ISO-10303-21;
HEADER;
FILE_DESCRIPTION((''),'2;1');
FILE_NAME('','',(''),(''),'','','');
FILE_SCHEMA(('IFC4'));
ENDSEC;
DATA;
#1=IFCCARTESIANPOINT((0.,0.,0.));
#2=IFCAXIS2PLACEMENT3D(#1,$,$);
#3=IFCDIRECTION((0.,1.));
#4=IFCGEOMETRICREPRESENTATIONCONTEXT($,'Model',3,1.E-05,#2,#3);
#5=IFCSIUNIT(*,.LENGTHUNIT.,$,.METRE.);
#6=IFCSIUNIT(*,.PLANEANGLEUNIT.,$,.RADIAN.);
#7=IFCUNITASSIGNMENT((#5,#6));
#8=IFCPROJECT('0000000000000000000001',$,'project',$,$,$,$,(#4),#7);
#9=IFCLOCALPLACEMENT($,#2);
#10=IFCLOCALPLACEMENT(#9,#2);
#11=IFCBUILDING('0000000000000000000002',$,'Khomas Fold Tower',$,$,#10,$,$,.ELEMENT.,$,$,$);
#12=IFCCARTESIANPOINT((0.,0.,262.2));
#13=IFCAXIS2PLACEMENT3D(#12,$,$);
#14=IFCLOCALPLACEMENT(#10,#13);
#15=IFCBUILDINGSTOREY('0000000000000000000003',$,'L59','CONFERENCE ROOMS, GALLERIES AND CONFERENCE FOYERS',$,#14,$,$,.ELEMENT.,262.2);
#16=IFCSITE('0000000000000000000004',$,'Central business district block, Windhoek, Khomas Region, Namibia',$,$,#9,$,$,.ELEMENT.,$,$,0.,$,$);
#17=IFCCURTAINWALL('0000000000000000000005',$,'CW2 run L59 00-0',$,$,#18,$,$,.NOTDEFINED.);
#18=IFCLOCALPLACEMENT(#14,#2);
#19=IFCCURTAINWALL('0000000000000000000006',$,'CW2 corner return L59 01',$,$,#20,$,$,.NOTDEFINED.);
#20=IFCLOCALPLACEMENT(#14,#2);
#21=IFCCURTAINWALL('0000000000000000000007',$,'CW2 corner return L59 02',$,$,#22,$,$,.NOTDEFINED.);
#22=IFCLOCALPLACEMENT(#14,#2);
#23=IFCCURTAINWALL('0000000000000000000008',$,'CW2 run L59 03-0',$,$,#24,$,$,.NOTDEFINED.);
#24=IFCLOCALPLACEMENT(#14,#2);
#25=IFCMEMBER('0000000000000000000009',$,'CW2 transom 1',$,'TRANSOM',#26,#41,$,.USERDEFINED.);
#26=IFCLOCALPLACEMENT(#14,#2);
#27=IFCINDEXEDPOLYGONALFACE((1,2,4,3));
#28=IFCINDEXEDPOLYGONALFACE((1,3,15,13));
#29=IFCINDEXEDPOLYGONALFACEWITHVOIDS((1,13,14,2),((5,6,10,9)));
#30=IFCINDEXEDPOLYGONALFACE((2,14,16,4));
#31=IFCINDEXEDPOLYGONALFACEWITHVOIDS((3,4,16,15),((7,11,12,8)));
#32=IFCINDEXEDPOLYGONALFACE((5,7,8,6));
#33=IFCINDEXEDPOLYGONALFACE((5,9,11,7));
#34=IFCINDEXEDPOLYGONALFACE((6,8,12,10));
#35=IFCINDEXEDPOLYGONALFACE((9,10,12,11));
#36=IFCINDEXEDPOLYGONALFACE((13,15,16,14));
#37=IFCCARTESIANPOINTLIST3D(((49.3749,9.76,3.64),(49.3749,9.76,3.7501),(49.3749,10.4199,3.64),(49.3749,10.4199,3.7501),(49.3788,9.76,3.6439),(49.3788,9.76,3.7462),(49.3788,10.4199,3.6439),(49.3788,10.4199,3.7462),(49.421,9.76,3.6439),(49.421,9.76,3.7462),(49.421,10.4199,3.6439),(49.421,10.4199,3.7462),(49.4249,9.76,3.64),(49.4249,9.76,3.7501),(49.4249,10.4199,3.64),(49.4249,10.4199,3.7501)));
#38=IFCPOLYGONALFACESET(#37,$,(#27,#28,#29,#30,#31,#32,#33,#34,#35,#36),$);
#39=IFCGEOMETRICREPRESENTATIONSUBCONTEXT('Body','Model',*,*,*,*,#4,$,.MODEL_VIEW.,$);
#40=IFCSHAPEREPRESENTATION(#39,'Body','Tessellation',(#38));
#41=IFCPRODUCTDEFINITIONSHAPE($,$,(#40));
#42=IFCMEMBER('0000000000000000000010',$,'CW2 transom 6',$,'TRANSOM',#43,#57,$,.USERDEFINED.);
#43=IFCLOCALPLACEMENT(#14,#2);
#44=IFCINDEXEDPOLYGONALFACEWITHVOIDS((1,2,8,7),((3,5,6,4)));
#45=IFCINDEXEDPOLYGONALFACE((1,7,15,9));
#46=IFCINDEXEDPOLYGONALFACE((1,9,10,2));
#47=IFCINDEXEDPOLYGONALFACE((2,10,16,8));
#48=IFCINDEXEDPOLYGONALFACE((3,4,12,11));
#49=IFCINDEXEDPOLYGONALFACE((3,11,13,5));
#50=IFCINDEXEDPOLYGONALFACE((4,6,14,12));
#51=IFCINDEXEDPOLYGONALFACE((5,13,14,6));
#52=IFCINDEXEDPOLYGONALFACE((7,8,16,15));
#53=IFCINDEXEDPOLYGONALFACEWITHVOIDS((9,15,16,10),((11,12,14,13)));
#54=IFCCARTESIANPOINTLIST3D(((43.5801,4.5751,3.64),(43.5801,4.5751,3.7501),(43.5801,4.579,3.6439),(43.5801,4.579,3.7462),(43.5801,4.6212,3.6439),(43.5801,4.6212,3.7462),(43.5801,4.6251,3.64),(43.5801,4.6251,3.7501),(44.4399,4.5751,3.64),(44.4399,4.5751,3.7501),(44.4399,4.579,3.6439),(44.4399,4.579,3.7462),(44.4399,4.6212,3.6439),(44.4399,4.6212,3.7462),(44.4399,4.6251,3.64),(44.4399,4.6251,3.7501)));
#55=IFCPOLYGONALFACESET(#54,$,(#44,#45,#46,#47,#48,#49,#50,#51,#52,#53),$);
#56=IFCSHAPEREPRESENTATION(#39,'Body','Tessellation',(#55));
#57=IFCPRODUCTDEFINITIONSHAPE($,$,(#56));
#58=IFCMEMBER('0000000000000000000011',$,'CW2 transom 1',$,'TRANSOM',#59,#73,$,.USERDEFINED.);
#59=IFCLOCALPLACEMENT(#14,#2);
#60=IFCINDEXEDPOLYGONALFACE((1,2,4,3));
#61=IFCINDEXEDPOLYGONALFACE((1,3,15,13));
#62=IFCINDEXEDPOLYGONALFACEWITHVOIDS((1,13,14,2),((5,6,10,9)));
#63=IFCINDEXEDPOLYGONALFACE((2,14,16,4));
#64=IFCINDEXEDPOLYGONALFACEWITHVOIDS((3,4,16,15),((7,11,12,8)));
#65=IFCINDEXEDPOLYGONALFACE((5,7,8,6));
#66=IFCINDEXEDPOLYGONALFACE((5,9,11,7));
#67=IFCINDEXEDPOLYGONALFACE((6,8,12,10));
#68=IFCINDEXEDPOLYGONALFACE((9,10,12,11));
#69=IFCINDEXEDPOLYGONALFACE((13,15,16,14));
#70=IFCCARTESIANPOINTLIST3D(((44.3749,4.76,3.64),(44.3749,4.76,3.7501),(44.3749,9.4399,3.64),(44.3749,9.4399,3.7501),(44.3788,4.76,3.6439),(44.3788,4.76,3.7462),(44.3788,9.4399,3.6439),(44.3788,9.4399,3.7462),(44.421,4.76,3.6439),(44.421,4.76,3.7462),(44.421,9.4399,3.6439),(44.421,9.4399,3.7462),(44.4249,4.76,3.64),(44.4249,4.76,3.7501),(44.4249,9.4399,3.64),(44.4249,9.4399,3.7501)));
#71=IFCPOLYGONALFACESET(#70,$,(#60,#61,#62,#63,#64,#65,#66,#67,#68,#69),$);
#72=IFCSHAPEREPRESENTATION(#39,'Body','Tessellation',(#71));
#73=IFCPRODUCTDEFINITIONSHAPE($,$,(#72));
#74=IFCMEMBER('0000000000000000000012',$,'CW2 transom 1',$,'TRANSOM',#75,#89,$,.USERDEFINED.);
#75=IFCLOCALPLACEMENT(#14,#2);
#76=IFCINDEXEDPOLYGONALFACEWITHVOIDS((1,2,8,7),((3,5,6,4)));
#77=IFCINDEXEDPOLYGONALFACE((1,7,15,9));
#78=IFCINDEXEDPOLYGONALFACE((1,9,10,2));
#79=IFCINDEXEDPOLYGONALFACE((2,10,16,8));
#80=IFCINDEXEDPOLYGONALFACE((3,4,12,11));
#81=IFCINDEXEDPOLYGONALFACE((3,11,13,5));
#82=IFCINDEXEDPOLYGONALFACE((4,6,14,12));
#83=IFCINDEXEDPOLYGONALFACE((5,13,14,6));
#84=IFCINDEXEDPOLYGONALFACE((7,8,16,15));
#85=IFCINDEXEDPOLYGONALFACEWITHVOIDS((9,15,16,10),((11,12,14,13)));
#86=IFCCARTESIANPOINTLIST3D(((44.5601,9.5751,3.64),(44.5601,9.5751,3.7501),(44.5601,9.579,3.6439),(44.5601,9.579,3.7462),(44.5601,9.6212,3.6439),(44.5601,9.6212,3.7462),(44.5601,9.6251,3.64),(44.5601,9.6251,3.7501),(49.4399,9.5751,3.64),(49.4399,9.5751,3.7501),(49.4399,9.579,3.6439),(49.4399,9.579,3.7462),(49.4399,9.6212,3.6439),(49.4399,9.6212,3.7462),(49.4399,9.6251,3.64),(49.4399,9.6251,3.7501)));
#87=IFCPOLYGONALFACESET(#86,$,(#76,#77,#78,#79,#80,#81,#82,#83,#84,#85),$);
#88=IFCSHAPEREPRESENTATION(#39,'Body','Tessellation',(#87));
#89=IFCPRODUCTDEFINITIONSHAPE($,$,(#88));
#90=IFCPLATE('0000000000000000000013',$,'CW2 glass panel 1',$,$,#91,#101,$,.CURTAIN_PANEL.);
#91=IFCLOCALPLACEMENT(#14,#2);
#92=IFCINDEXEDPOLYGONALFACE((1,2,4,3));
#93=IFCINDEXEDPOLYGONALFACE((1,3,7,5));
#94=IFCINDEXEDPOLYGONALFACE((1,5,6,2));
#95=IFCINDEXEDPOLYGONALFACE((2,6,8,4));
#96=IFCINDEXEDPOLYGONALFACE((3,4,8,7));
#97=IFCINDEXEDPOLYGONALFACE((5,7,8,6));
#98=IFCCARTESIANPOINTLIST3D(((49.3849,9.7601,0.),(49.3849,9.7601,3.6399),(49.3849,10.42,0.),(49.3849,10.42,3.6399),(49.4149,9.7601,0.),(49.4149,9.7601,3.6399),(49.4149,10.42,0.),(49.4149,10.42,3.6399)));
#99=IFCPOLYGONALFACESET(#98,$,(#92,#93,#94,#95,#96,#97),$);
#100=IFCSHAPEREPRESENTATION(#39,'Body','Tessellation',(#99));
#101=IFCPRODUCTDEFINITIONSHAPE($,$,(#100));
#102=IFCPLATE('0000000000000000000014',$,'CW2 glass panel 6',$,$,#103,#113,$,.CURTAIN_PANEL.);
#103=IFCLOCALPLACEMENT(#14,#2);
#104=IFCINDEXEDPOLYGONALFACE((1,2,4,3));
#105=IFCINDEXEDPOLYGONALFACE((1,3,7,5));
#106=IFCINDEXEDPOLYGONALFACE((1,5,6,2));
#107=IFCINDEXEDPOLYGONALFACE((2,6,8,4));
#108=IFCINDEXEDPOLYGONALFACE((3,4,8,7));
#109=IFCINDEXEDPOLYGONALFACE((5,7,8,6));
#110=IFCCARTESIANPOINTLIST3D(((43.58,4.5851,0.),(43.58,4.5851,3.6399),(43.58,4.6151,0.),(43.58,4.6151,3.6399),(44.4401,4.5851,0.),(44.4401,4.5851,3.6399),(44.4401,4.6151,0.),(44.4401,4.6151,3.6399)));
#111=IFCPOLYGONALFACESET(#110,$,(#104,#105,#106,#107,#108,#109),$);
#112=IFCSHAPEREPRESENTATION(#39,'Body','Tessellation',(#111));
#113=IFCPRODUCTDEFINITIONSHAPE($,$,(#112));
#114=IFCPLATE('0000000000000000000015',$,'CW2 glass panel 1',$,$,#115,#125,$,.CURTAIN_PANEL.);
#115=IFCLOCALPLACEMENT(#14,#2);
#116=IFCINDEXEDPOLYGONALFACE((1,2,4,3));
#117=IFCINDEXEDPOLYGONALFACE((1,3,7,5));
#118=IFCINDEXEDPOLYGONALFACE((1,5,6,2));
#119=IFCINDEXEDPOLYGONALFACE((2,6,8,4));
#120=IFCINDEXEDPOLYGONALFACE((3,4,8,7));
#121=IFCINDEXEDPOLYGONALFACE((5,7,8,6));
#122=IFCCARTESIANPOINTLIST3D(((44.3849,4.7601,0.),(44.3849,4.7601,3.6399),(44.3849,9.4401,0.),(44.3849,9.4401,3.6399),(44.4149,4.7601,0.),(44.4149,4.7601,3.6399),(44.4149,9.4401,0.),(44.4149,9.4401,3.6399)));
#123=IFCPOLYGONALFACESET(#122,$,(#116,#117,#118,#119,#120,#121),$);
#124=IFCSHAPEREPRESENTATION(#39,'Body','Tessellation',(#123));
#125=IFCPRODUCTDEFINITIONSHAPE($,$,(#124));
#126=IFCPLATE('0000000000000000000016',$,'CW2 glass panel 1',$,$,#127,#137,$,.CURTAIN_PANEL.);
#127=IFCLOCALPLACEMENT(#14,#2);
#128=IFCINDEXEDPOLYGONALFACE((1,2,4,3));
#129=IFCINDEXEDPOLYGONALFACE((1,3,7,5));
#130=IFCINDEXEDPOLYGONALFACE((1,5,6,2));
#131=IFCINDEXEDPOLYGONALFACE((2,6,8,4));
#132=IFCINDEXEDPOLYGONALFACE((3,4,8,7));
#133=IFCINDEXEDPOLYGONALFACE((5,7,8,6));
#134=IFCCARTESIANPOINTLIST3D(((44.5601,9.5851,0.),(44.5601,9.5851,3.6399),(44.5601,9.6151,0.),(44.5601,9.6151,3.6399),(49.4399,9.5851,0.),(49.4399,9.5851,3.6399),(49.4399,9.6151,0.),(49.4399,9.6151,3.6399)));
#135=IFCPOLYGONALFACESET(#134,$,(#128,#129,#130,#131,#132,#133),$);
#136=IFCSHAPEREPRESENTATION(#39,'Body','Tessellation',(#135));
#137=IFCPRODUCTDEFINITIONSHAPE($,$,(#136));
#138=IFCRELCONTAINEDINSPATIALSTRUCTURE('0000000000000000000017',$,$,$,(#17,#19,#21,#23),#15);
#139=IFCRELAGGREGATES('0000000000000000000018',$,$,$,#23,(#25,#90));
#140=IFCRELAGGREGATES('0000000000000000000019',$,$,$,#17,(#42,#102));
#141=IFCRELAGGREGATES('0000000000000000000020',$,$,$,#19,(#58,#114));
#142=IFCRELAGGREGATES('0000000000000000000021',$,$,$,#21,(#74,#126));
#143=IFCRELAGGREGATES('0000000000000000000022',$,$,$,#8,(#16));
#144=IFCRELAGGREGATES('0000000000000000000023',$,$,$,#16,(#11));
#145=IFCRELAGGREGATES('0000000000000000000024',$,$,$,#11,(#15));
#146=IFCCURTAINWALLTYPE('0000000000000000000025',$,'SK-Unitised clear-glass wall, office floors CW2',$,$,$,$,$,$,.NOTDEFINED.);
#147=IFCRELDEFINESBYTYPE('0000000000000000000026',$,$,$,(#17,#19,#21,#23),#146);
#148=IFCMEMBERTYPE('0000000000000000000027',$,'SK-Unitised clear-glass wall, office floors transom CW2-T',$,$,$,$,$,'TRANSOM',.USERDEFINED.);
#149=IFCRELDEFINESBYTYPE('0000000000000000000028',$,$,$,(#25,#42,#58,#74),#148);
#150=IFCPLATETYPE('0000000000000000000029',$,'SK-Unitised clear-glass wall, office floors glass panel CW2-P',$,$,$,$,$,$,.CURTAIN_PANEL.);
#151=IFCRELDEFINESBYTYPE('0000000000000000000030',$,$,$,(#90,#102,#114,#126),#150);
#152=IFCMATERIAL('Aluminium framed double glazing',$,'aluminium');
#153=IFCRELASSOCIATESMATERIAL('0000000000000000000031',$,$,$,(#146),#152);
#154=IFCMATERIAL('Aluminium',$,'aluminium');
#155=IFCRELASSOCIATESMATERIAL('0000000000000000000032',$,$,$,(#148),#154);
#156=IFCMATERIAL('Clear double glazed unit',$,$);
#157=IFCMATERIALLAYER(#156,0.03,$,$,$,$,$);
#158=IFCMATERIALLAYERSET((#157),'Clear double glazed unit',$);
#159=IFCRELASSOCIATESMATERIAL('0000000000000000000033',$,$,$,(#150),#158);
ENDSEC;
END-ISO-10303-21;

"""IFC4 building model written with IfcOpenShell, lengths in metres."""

from ifc_helpers import new_model, si_unit, direction, frame, origin, origin_2d, place, context, subcontext, project, spatial, rectangle, hollow_rectangle, extrude, source, transform, mapped, material, layer, layer_set, material_profile, profile_set, type_object, element, aggregate, save


model = new_model("IFC4")

# Units and contexts
model_context = context("Model", 3, precision=1e-05, world=origin(), true_north=direction((0.0, 1.0)))
body_context = subcontext(model_context, "Body", "Model", "MODEL_VIEW")
ifc_project = project(units=[si_unit("LENGTHUNIT", "METRE"), si_unit("PLANEANGLEUNIT", "RADIAN")], contexts=[model_context])

# Site, building, storey
site_placement = place(None, origin())
site = spatial("IfcSite", under=ifc_project, at=site_placement, Name="Central business district block, Windhoek, Khomas Region, Namibia", CompositionType="ELEMENT", RefElevation=0.0)
building_placement = place(site_placement, origin())
building = spatial("IfcBuilding", under=site, at=building_placement, Name="Khomas Fold Tower", CompositionType="ELEMENT")
storey_placement = place(building_placement, frame((0.0, 0.0, 262.2)))
storey = spatial("IfcBuildingStorey", under=building, at=storey_placement, Name="L59", Description="CONFERENCE ROOMS, GALLERIES AND CONFERENCE FOYERS", CompositionType="ELEMENT", Elevation=262.2)

# Curtain walls
ifc_material_1 = material(Name="Aluminium framed double glazing", Category="aluminium")
curtain_wall_type = type_object("IfcCurtainWallType", Name="SK-Unitised clear-glass wall, office floors CW2", PredefinedType="NOTDEFINED", material=ifc_material_1)
curtain_wall_1_placement = place(storey_placement, origin())
curtain_wall_1 = element("IfcCurtainWall", 1, at=curtain_wall_1_placement, inside=storey, type_object=curtain_wall_type, Name="CW2 run L59 00-0", PredefinedType="NOTDEFINED")
curtain_wall_2_placement = place(storey_placement, origin())
curtain_wall_2 = element("IfcCurtainWall", 2, at=curtain_wall_2_placement, inside=storey, type_object=curtain_wall_type, Name="CW2 corner return L59 01", PredefinedType="NOTDEFINED")
curtain_wall_3_placement = place(storey_placement, origin())
curtain_wall_3 = element("IfcCurtainWall", 3, at=curtain_wall_3_placement, inside=storey, type_object=curtain_wall_type, Name="CW2 corner return L59 02", PredefinedType="NOTDEFINED")

# Curtain wall, member
curtain_wall_4_placement = place(storey_placement, origin())
curtain_wall_4 = element("IfcCurtainWall", 4, at=curtain_wall_4_placement, inside=storey, type_object=curtain_wall_type, Name="CW2 run L59 03-0", PredefinedType="NOTDEFINED")
ifc_material_2 = material(Name="Aluminium", Category="aluminium")
ifc_material_profile_1 = material_profile(ifc_material_2, hollow_rectangle(XDim=0.05, YDim=0.1101, WallThickness=0.0039, at=origin_2d()), Name="SK-Unitised clear-glass wall, office floors transom CW2-T")
ifc_profile_set_1 = profile_set([ifc_material_profile_1], Name="Aluminium")
member_type_1 = type_object("IfcMemberType", Name="SK-Unitised clear-glass wall, office floors transom CW2-T", ElementType="TRANSOM", PredefinedType="USERDEFINED", material=ifc_profile_set_1)
shared_shape_1 = source(origin(), body_context, "Body", "SweptSolid", [
    extrude(hollow_rectangle(XDim=0.05, YDim=0.1101, WallThickness=0.0039, at=origin_2d()), origin(), (0.0, 0.0, 1.0), 0.6599),
])
member_1_placement = place(storey_placement, frame((49.3999, 9.76, 3.6951), z_axis=(0.0, 1.0, 0.0), x_axis=(-1.0, 0.0, 0.0)))
member_1 = element("IfcMember", 5, at=member_1_placement, type_object=member_type_1, Name="CW2 transom 1", ObjectType="TRANSOM", PredefinedType="USERDEFINED", context=body_context, shape_type="MappedRepresentation", body=[
    mapped(shared_shape_1, transform((0.0, 0.0, 0.0))),
])

# Members
shared_shape_2 = source(origin(), body_context, "Body", "SweptSolid", [
    extrude(hollow_rectangle(XDim=0.05, YDim=0.1101, WallThickness=0.0039, at=origin_2d()), origin(), (0.0, 0.0, 1.0), 0.8599),
])
member_2_placement = place(storey_placement, frame((43.5801, 4.6001, 3.6951), z_axis=(1.0, 0.0, 0.0), x_axis=(0.0, 1.0, 0.0)))
member_2 = element("IfcMember", 6, at=member_2_placement, type_object=member_type_1, Name="CW2 transom 6", ObjectType="TRANSOM", PredefinedType="USERDEFINED", context=body_context, shape_type="MappedRepresentation", body=[
    mapped(shared_shape_2, transform((0.0, 0.0, 0.0))),
])
shared_shape_3 = source(origin(), body_context, "Body", "SweptSolid", [
    extrude(hollow_rectangle(XDim=0.05, YDim=0.1101, WallThickness=0.0039, at=origin_2d()), origin(), (0.0, 0.0, 1.0), 4.6799),
])
member_3_placement = place(storey_placement, frame((44.3999, 4.76, 3.6951), z_axis=(0.0, 1.0, 0.0), x_axis=(-1.0, 0.0, 0.0)))
member_3 = element("IfcMember", 7, at=member_3_placement, type_object=member_type_1, Name="CW2 transom 1", ObjectType="TRANSOM", PredefinedType="USERDEFINED", context=body_context, shape_type="MappedRepresentation", body=[
    mapped(shared_shape_3, transform((0.0, 0.0, 0.0))),
])
shared_shape_4 = source(origin(), body_context, "Body", "SweptSolid", [
    extrude(hollow_rectangle(XDim=0.05, YDim=0.1101, WallThickness=0.0039, at=origin_2d()), origin(), (0.0, 0.0, 1.0), 4.8799),
])
member_4_placement = place(storey_placement, frame((44.5601, 9.6001, 3.6951), z_axis=(1.0, 0.0, 0.0), x_axis=(0.0, 1.0, 0.0)))
member_4 = element("IfcMember", 8, at=member_4_placement, type_object=member_type_1, Name="CW2 transom 1", ObjectType="TRANSOM", PredefinedType="USERDEFINED", context=body_context, shape_type="MappedRepresentation", body=[
    mapped(shared_shape_4, transform((0.0, 0.0, 0.0))),
])

# Plates
ifc_material_3 = material(Name="Clear double glazed unit")
ifc_layer = layer(ifc_material_3, 0.03)
ifc_layer_set = layer_set([ifc_layer], Name="Clear double glazed unit")
plate_type = type_object("IfcPlateType", Name="SK-Unitised clear-glass wall, office floors glass panel CW2-P", PredefinedType="CURTAIN_PANEL", material=ifc_layer_set)
shared_shape_5 = source(origin(), body_context, "Body", "SweptSolid", [
    extrude(rectangle(XDim=0.6599, YDim=0.03, at=origin_2d()), origin(), (0.0, 0.0, 1.0), 3.6399),
])
plate_1_placement = place(storey_placement, frame((49.3999, 10.0901, 0.0), z_axis=(0.0, 0.0, 1.0), x_axis=(0.0, 1.0, 0.0)))
plate_1 = element("IfcPlate", 9, at=plate_1_placement, type_object=plate_type, Name="CW2 glass panel 1", PredefinedType="CURTAIN_PANEL", context=body_context, shape_type="MappedRepresentation", body=[
    mapped(shared_shape_5, transform((0.0, 0.0, 0.0))),
])
aggregate(curtain_wall_4, [member_1, plate_1])
shared_shape_6 = source(origin(), body_context, "Body", "SweptSolid", [
    extrude(rectangle(XDim=0.8601, YDim=0.03, at=origin_2d()), origin(), (0.0, 0.0, 1.0), 3.6399),
])
plate_2_placement = place(storey_placement, frame((44.01, 4.6001, 0.0), z_axis=(0.0, 0.0, 1.0), x_axis=(1.0, 0.0, 0.0)))
plate_2 = element("IfcPlate", 10, at=plate_2_placement, type_object=plate_type, Name="CW2 glass panel 6", PredefinedType="CURTAIN_PANEL", context=body_context, shape_type="MappedRepresentation", body=[
    mapped(shared_shape_6, transform((0.0, 0.0, 0.0))),
])
aggregate(curtain_wall_1, [member_2, plate_2])
shared_shape_7 = source(origin(), body_context, "Body", "SweptSolid", [
    extrude(rectangle(XDim=4.6799, YDim=0.03, at=origin_2d()), origin(), (0.0, 0.0, 1.0), 3.6399),
])
plate_3_placement = place(storey_placement, frame((44.3999, 7.1001, 0.0), z_axis=(0.0, 0.0, 1.0), x_axis=(0.0, 1.0, 0.0)))
plate_3 = element("IfcPlate", 11, at=plate_3_placement, type_object=plate_type, Name="CW2 glass panel 1", PredefinedType="CURTAIN_PANEL", context=body_context, shape_type="MappedRepresentation", body=[
    mapped(shared_shape_7, transform((0.0, 0.0, 0.0))),
])
aggregate(curtain_wall_2, [member_3, plate_3])
shared_shape_8 = source(origin(), body_context, "Body", "SweptSolid", [
    extrude(rectangle(XDim=4.8799, YDim=0.03, at=origin_2d()), origin(), (0.0, 0.0, 1.0), 3.6399),
])
plate_4_placement = place(storey_placement, frame((47.0, 9.6001, 0.0), z_axis=(0.0, 0.0, 1.0), x_axis=(1.0, 0.0, 0.0)))
plate_4 = element("IfcPlate", 12, at=plate_4_placement, type_object=plate_type, Name="CW2 glass panel 1", PredefinedType="CURTAIN_PANEL", context=body_context, shape_type="MappedRepresentation", body=[
    mapped(shared_shape_8, transform((0.0, 0.0, 0.0))),
])
aggregate(curtain_wall_3, [member_4, plate_4])

save(model, "model.ifc")
